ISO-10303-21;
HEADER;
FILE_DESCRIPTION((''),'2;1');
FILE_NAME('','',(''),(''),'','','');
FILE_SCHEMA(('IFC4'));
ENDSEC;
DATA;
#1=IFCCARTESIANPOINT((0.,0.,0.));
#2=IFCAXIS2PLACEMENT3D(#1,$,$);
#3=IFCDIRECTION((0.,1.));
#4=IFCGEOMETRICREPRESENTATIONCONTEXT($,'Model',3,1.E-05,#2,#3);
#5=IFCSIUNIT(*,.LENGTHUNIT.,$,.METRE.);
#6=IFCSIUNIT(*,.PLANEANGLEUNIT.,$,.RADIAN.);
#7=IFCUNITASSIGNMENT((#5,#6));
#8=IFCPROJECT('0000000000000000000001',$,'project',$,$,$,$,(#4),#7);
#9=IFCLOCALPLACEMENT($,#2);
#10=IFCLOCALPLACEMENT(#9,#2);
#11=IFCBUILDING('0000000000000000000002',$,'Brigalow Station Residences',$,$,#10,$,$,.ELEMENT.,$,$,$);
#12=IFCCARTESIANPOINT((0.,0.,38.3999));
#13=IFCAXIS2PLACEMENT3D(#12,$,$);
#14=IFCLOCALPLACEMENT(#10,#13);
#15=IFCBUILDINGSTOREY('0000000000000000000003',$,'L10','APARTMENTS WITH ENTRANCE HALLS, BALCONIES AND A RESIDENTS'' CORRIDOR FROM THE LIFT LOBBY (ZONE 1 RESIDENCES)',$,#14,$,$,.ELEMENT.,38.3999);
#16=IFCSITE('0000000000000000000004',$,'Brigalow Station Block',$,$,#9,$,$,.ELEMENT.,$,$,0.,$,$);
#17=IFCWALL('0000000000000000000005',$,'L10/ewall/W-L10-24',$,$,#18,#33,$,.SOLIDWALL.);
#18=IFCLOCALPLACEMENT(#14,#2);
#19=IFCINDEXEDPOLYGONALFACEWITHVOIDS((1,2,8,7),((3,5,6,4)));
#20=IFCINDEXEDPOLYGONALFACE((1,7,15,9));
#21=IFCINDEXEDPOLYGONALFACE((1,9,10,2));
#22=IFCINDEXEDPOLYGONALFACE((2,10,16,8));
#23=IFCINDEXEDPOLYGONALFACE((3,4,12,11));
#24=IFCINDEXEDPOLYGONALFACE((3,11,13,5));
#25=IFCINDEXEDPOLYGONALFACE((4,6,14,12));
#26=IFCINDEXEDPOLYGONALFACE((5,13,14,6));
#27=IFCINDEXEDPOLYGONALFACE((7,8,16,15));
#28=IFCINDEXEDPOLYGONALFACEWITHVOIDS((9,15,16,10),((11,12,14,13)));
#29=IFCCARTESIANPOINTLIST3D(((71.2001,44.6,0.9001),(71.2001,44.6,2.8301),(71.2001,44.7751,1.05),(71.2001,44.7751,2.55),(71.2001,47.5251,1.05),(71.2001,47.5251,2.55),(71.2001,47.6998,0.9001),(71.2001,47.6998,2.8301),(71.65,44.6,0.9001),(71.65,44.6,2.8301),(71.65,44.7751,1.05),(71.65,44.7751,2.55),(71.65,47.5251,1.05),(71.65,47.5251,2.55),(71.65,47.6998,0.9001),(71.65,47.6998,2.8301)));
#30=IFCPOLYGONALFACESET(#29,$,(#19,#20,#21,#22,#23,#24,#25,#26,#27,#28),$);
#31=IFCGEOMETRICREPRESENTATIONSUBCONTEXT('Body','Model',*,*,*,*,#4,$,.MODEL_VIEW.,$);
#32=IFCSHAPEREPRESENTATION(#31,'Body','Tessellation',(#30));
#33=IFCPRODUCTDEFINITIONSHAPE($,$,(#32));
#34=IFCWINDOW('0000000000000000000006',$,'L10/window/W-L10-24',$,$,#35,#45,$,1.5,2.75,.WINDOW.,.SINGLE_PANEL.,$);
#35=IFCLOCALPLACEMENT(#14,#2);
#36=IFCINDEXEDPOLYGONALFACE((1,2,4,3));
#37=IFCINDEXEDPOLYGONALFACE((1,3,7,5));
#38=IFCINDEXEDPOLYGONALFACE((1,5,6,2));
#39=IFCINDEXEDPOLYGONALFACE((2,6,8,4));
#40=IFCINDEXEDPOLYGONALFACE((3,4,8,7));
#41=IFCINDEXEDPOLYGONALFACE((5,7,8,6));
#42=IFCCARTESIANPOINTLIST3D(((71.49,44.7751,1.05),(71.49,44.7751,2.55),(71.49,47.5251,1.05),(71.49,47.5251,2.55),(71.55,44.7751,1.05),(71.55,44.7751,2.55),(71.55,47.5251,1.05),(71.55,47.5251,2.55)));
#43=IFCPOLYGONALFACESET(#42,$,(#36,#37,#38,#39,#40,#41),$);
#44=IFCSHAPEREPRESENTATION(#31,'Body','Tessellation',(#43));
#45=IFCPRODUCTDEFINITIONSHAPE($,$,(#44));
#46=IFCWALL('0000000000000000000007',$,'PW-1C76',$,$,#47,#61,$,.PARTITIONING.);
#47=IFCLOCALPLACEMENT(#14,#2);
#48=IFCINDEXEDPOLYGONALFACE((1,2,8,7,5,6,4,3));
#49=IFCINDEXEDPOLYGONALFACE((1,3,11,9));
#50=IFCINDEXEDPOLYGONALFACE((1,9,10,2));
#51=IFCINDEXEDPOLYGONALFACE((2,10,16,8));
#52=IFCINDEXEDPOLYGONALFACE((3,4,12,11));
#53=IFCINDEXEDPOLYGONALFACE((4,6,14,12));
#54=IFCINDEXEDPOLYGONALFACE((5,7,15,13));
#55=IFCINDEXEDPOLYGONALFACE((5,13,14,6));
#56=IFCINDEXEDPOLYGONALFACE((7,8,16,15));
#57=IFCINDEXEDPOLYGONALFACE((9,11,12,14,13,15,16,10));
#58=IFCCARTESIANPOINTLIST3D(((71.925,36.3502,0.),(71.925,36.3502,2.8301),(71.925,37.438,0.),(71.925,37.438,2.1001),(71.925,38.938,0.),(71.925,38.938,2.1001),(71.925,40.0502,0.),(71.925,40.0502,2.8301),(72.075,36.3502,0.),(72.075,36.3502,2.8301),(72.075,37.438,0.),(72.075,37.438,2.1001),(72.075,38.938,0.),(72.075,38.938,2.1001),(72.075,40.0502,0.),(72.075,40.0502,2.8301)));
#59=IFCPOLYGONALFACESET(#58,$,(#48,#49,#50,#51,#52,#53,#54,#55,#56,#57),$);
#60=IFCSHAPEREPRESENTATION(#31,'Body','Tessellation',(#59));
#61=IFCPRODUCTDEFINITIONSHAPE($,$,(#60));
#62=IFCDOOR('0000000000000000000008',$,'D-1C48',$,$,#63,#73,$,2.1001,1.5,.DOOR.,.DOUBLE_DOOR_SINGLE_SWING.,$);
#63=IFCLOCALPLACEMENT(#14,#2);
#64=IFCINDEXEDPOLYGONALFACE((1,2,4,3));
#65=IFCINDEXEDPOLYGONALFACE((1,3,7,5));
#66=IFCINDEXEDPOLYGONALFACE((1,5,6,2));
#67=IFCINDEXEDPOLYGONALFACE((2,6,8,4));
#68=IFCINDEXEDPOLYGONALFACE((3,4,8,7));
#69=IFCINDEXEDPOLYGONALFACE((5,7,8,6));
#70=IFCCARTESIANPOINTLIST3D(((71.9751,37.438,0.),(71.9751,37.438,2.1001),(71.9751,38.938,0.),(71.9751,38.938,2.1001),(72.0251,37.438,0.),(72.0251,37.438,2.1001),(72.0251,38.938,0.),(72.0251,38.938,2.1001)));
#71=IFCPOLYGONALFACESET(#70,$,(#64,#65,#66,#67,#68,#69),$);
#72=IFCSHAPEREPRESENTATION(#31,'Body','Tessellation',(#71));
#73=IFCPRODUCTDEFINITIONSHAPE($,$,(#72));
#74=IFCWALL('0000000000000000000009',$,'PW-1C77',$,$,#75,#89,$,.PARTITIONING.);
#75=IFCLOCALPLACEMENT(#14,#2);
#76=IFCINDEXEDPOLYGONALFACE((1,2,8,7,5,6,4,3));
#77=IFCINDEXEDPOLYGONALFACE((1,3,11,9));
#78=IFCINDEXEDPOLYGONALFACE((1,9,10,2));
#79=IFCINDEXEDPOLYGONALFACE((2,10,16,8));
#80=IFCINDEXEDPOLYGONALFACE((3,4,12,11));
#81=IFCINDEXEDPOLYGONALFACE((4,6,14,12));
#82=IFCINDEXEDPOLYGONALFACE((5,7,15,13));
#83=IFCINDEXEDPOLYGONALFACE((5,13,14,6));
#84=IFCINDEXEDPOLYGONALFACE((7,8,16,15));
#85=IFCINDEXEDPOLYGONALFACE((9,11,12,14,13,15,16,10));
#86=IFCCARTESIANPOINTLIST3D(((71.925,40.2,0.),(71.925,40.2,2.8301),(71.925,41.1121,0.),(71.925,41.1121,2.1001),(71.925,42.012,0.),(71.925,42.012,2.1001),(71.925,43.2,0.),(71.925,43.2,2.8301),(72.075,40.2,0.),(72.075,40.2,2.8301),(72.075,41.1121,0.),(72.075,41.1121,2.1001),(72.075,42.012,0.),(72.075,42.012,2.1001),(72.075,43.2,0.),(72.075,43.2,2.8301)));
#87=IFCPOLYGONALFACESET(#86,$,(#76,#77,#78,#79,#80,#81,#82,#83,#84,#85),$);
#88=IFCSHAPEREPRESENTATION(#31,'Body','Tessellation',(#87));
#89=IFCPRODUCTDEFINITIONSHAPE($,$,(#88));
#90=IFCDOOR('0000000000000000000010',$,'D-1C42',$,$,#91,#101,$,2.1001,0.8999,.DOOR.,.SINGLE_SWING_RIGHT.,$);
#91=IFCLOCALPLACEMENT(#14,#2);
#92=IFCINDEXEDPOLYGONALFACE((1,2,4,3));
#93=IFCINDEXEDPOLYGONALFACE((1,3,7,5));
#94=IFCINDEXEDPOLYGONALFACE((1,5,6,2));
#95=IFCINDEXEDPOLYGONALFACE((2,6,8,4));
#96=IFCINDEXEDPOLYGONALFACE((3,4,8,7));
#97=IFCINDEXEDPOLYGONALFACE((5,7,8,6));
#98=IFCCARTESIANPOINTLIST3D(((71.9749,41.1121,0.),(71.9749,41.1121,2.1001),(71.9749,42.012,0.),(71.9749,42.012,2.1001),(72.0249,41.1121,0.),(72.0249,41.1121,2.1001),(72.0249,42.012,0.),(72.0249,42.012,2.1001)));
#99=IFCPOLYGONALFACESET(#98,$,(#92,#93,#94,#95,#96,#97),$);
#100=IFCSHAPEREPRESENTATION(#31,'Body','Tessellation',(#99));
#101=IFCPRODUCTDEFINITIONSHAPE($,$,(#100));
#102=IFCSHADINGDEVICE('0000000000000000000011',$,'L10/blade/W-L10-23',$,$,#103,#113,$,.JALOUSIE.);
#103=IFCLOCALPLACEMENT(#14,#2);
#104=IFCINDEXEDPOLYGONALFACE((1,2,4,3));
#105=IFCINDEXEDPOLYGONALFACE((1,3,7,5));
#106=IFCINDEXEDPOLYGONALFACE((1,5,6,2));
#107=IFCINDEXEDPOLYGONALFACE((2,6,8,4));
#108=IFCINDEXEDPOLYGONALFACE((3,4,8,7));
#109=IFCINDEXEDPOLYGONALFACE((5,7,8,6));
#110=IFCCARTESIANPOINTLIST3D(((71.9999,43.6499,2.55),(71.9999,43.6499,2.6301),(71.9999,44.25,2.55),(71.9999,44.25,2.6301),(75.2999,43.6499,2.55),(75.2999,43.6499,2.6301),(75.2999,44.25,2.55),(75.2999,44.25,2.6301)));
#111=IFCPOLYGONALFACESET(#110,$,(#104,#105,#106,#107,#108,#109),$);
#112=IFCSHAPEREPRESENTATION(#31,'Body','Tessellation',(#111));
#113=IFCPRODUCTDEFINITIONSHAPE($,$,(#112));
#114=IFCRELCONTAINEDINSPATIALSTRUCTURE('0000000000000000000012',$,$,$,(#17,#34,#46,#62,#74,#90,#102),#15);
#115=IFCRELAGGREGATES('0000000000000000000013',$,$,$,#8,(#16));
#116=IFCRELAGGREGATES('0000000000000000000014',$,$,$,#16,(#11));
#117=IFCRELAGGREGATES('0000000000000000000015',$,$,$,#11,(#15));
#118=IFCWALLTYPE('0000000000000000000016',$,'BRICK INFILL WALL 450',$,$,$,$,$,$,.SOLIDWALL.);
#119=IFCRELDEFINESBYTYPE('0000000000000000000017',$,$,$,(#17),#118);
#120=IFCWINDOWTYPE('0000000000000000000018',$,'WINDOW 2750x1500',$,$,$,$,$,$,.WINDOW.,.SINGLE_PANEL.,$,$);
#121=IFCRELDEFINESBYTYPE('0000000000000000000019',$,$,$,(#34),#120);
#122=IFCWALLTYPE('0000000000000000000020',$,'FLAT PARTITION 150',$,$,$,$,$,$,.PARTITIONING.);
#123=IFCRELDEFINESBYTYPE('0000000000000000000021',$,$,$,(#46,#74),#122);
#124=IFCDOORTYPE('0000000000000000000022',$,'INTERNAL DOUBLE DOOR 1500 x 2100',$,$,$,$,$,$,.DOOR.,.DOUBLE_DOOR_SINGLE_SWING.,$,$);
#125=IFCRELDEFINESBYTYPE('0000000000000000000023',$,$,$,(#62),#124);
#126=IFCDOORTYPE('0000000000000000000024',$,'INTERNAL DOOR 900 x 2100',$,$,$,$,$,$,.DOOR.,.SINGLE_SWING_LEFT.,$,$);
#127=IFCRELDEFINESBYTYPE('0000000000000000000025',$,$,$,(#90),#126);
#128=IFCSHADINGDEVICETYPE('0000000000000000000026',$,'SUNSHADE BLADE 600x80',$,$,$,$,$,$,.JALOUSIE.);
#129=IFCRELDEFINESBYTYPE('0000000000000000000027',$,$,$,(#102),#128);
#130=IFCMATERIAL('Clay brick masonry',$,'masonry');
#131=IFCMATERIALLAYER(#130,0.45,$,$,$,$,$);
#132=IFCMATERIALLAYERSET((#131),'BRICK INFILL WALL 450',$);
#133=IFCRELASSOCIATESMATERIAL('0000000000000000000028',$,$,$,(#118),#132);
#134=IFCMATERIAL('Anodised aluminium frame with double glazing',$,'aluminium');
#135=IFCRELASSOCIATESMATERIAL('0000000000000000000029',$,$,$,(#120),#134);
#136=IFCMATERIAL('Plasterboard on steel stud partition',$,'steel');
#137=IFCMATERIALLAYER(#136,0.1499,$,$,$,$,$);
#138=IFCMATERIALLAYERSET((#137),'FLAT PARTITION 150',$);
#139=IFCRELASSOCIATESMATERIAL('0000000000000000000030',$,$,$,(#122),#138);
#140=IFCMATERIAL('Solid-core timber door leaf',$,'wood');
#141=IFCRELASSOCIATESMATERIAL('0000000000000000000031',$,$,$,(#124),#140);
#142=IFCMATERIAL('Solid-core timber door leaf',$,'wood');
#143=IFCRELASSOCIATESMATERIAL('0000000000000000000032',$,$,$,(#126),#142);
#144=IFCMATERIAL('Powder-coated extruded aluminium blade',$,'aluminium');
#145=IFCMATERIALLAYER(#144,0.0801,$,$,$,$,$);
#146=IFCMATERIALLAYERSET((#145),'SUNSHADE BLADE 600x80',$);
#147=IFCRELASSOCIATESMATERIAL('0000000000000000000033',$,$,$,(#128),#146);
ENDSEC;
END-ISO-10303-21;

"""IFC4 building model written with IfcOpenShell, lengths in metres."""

from ifc_helpers import new_model, si_unit, direction, frame, frame_2d, origin, origin_2d, place, context, subcontext, project, spatial, rectangle, extrude, material, layer, layer_set, type_object, element, fill, save


model = new_model("IFC4")

# Units and contexts
model_context = context("Model", 3, precision=1e-05, world=origin(), true_north=direction((0.0, 1.0)))
body_context = subcontext(model_context, "Body", "Model", "MODEL_VIEW")
ifc_project = project(units=[si_unit("LENGTHUNIT", "METRE"), si_unit("PLANEANGLEUNIT", "RADIAN")], contexts=[model_context])

# Site, building, storey
site_placement = place(None, origin())
site = spatial("IfcSite", under=ifc_project, at=site_placement, Name="Brigalow Station Block", CompositionType="ELEMENT", RefElevation=0.0)
building_placement = place(site_placement, origin())
building = spatial("IfcBuilding", under=site, at=building_placement, Name="Brigalow Station Residences", CompositionType="ELEMENT")
storey_placement = place(building_placement, frame((0.0, 0.0, 38.3999)))
storey = spatial("IfcBuildingStorey", under=building, at=storey_placement, Name="L10", Description="APARTMENTS WITH ENTRANCE HALLS, BALCONIES AND A RESIDENTS' CORRIDOR FROM THE LIFT LOBBY (ZONE 1 RESIDENCES)", CompositionType="ELEMENT", Elevation=38.3999)

# Wall, opening, window
ifc_material_1 = material(Name="Clay brick masonry", Category="masonry")
ifc_layer_1 = layer(ifc_material_1, 0.45)
ifc_layer_set_1 = layer_set([ifc_layer_1], Name="BRICK INFILL WALL 450")
wall_type_1 = type_object("IfcWallType", Name="BRICK INFILL WALL 450", PredefinedType="SOLIDWALL", material=ifc_layer_set_1)
wall_1_placement = place(storey_placement, frame((71.425, 44.6001, 0.9001), z_axis=(0.0, 0.0, 1.0), x_axis=(0.0, 1.0, 0.0)))
wall_1 = element("IfcWall", 1, at=wall_1_placement, inside=storey, type_object=wall_type_1, Name="L10/ewall/W-L10-24", PredefinedType="SOLIDWALL", context=body_context, shape_type="SweptSolid", body=[
    extrude(rectangle(XDim=3.0999, YDim=0.45, at=frame_2d((1.5498, 0.0))), origin(), (0.0, 0.0, 1.0), 1.9299),
])
opening_1_placement = place(wall_1_placement, frame((0.175, 0.0, 0.1499)))
opening_1 = element("IfcOpeningElement", 2, at=opening_1_placement, cuts=wall_1, PredefinedType="OPENING", context=body_context, shape_type="SweptSolid", body=[
    extrude(rectangle(XDim=2.75, YDim=1.5, at=frame_2d((1.375, 0.75))), frame((0.0, 0.2349, 0.0), z_axis=(0.0, -1.0, 0.0), x_axis=(1.0, 0.0, 0.0)), (0.0, 0.0, 1.0), 0.47),
])
ifc_material_2 = material(Name="Anodised aluminium frame with double glazing", Category="aluminium")
window_type_1 = type_object("IfcWindowType", Name="WINDOW 2750x1500", PartitioningType="SINGLE_PANEL", PredefinedType="WINDOW", material=ifc_material_2)
window_1_placement = place(opening_1_placement, origin())
window_1 = element("IfcWindow", 3, at=window_1_placement, inside=storey, type_object=window_type_1, Name="L10/window/W-L10-24", OverallHeight=1.5, OverallWidth=2.75, PartitioningType="SINGLE_PANEL", PredefinedType="WINDOW", context=body_context, shape_type="SweptSolid", body=[
    extrude(rectangle(XDim=2.75, YDim=1.5, at=frame_2d((1.375, 0.75))), frame((0.0, -0.0649, 0.0), z_axis=(0.0, -1.0, 0.0), x_axis=(1.0, 0.0, 0.0)), (0.0, 0.0, 1.0), 0.0601),
])
fill(opening_1, window_1)

# Walls, openings, doors
ifc_material_3 = material(Name="Plasterboard on steel stud partition", Category="steel")
ifc_layer_2 = layer(ifc_material_3, 0.1499)
ifc_layer_set_2 = layer_set([ifc_layer_2], Name="FLAT PARTITION 150")
wall_type_2 = type_object("IfcWallType", Name="FLAT PARTITION 150", PredefinedType="PARTITIONING", material=ifc_layer_set_2)
wall_2_placement = place(storey_placement, frame((72.0, 36.3501, 0.0), z_axis=(0.0, 0.0, 1.0), x_axis=(0.0, 1.0, 0.0)))
wall_2 = element("IfcWall", 4, at=wall_2_placement, inside=storey, type_object=wall_type_2, Name="PW-1C76", PredefinedType="PARTITIONING", context=body_context, shape_type="SweptSolid", body=[
    extrude(rectangle(XDim=3.7, YDim=0.1499, at=frame_2d((1.8501, 0.0))), origin(), (0.0, 0.0, 1.0), 2.8301),
])
opening_2_placement = place(wall_2_placement, frame((1.0879, 0.0, 0.0)))
opening_2 = element("IfcOpeningElement", 5, at=opening_2_placement, cuts=wall_2, PredefinedType="OPENING", context=body_context, shape_type="SweptSolid", body=[
    extrude(rectangle(XDim=1.5, YDim=2.1001, at=frame_2d((0.75, 1.05))), frame((0.0, 0.085, 0.0), z_axis=(0.0, -1.0, 0.0), x_axis=(1.0, 0.0, 0.0)), (0.0, 0.0, 1.0), 0.1699),
])
ifc_material_4 = material(Name="Solid-core timber door leaf", Category="wood")
door_type_1 = type_object("IfcDoorType", Name="INTERNAL DOUBLE DOOR 1500 x 2100", OperationType="DOUBLE_DOOR_SINGLE_SWING", PredefinedType="DOOR", material=ifc_material_4)
door_1_placement = place(opening_2_placement, origin())
door_1 = element("IfcDoor", 6, at=door_1_placement, inside=storey, type_object=door_type_1, Name="D-1C48", OperationType="DOUBLE_DOOR_SINGLE_SWING", OverallHeight=2.1001, OverallWidth=1.5, PredefinedType="DOOR", context=body_context, shape_type="SweptSolid", body=[
    extrude(rectangle(XDim=1.5, YDim=2.1001, at=frame_2d((0.75, 1.05))), frame((0.0, 0.0249, 0.0), z_axis=(0.0, -1.0, 0.0), x_axis=(1.0, 0.0, 0.0)), (0.0, 0.0, 1.0), 0.05),
])
fill(opening_2, door_1)
wall_3_placement = place(storey_placement, frame((72.0, 40.2, 0.0), z_axis=(0.0, 0.0, 1.0), x_axis=(0.0, 1.0, 0.0)))
wall_3 = element("IfcWall", 7, at=wall_3_placement, inside=storey, type_object=wall_type_2, Name="PW-1C77", PredefinedType="PARTITIONING", context=body_context, shape_type="SweptSolid", body=[
    extrude(rectangle(XDim=3.0, YDim=0.1499, at=frame_2d((1.5, 0.0))), origin(), (0.0, 0.0, 1.0), 2.8301),
])
opening_3_placement = place(wall_3_placement, frame((0.9121, 0.0, 0.0)))
opening_3 = element("IfcOpeningElement", 8, at=opening_3_placement, cuts=wall_3, PredefinedType="OPENING", context=body_context, shape_type="SweptSolid", body=[
    extrude(rectangle(XDim=0.8999, YDim=2.1001, at=frame_2d((0.45, 1.05))), frame((0.0, 0.085, 0.0), z_axis=(0.0, -1.0, 0.0), x_axis=(1.0, 0.0, 0.0)), (0.0, 0.0, 1.0), 0.1699),
])
ifc_material_5 = material(Name="Solid-core timber door leaf", Category="wood")
door_type_2 = type_object("IfcDoorType", Name="INTERNAL DOOR 900 x 2100", OperationType="SINGLE_SWING_LEFT", PredefinedType="DOOR", material=ifc_material_5)
door_2_placement = place(opening_3_placement, frame((0.8999, 0.0, 0.0), z_axis=(0.0, 0.0, 1.0), x_axis=(-1.0, 0.0, 0.0)))
door_2 = element("IfcDoor", 9, at=door_2_placement, inside=storey, type_object=door_type_2, Name="D-1C42", OperationType="SINGLE_SWING_RIGHT", OverallHeight=2.1001, OverallWidth=0.8999, PredefinedType="DOOR", context=body_context, shape_type="SweptSolid", body=[
    extrude(rectangle(XDim=0.8999, YDim=2.1001, at=frame_2d((0.45, 1.05))), frame((0.0, 0.0249, 0.0), z_axis=(0.0, -1.0, 0.0), x_axis=(1.0, 0.0, 0.0)), (0.0, 0.0, 1.0), 0.05),
])
fill(opening_3, door_2)

# Shading device
ifc_material_6 = material(Name="Powder-coated extruded aluminium blade", Category="aluminium")
ifc_layer_3 = layer(ifc_material_6, 0.0801)
ifc_layer_set_3 = layer_set([ifc_layer_3], Name="SUNSHADE BLADE 600x80")
shading_device_type = type_object("IfcShadingDeviceType", Name="SUNSHADE BLADE 600x80", PredefinedType="JALOUSIE", material=ifc_layer_set_3)
shading_device_placement = place(storey_placement, frame((73.6499, 43.95, 2.55), z_axis=(0.0, 0.0, 1.0), x_axis=(-1.0, 0.0, 0.0)))
element("IfcShadingDevice", 10, at=shading_device_placement, inside=storey, type_object=shading_device_type, Name="L10/blade/W-L10-23", PredefinedType="JALOUSIE", context=body_context, shape_type="SweptSolid", body=[
    extrude(rectangle(XDim=3.3, YDim=0.6001, at=origin_2d()), origin(), (0.0, 0.0, 1.0), 0.0801),
])

save(model, "model.ifc")
